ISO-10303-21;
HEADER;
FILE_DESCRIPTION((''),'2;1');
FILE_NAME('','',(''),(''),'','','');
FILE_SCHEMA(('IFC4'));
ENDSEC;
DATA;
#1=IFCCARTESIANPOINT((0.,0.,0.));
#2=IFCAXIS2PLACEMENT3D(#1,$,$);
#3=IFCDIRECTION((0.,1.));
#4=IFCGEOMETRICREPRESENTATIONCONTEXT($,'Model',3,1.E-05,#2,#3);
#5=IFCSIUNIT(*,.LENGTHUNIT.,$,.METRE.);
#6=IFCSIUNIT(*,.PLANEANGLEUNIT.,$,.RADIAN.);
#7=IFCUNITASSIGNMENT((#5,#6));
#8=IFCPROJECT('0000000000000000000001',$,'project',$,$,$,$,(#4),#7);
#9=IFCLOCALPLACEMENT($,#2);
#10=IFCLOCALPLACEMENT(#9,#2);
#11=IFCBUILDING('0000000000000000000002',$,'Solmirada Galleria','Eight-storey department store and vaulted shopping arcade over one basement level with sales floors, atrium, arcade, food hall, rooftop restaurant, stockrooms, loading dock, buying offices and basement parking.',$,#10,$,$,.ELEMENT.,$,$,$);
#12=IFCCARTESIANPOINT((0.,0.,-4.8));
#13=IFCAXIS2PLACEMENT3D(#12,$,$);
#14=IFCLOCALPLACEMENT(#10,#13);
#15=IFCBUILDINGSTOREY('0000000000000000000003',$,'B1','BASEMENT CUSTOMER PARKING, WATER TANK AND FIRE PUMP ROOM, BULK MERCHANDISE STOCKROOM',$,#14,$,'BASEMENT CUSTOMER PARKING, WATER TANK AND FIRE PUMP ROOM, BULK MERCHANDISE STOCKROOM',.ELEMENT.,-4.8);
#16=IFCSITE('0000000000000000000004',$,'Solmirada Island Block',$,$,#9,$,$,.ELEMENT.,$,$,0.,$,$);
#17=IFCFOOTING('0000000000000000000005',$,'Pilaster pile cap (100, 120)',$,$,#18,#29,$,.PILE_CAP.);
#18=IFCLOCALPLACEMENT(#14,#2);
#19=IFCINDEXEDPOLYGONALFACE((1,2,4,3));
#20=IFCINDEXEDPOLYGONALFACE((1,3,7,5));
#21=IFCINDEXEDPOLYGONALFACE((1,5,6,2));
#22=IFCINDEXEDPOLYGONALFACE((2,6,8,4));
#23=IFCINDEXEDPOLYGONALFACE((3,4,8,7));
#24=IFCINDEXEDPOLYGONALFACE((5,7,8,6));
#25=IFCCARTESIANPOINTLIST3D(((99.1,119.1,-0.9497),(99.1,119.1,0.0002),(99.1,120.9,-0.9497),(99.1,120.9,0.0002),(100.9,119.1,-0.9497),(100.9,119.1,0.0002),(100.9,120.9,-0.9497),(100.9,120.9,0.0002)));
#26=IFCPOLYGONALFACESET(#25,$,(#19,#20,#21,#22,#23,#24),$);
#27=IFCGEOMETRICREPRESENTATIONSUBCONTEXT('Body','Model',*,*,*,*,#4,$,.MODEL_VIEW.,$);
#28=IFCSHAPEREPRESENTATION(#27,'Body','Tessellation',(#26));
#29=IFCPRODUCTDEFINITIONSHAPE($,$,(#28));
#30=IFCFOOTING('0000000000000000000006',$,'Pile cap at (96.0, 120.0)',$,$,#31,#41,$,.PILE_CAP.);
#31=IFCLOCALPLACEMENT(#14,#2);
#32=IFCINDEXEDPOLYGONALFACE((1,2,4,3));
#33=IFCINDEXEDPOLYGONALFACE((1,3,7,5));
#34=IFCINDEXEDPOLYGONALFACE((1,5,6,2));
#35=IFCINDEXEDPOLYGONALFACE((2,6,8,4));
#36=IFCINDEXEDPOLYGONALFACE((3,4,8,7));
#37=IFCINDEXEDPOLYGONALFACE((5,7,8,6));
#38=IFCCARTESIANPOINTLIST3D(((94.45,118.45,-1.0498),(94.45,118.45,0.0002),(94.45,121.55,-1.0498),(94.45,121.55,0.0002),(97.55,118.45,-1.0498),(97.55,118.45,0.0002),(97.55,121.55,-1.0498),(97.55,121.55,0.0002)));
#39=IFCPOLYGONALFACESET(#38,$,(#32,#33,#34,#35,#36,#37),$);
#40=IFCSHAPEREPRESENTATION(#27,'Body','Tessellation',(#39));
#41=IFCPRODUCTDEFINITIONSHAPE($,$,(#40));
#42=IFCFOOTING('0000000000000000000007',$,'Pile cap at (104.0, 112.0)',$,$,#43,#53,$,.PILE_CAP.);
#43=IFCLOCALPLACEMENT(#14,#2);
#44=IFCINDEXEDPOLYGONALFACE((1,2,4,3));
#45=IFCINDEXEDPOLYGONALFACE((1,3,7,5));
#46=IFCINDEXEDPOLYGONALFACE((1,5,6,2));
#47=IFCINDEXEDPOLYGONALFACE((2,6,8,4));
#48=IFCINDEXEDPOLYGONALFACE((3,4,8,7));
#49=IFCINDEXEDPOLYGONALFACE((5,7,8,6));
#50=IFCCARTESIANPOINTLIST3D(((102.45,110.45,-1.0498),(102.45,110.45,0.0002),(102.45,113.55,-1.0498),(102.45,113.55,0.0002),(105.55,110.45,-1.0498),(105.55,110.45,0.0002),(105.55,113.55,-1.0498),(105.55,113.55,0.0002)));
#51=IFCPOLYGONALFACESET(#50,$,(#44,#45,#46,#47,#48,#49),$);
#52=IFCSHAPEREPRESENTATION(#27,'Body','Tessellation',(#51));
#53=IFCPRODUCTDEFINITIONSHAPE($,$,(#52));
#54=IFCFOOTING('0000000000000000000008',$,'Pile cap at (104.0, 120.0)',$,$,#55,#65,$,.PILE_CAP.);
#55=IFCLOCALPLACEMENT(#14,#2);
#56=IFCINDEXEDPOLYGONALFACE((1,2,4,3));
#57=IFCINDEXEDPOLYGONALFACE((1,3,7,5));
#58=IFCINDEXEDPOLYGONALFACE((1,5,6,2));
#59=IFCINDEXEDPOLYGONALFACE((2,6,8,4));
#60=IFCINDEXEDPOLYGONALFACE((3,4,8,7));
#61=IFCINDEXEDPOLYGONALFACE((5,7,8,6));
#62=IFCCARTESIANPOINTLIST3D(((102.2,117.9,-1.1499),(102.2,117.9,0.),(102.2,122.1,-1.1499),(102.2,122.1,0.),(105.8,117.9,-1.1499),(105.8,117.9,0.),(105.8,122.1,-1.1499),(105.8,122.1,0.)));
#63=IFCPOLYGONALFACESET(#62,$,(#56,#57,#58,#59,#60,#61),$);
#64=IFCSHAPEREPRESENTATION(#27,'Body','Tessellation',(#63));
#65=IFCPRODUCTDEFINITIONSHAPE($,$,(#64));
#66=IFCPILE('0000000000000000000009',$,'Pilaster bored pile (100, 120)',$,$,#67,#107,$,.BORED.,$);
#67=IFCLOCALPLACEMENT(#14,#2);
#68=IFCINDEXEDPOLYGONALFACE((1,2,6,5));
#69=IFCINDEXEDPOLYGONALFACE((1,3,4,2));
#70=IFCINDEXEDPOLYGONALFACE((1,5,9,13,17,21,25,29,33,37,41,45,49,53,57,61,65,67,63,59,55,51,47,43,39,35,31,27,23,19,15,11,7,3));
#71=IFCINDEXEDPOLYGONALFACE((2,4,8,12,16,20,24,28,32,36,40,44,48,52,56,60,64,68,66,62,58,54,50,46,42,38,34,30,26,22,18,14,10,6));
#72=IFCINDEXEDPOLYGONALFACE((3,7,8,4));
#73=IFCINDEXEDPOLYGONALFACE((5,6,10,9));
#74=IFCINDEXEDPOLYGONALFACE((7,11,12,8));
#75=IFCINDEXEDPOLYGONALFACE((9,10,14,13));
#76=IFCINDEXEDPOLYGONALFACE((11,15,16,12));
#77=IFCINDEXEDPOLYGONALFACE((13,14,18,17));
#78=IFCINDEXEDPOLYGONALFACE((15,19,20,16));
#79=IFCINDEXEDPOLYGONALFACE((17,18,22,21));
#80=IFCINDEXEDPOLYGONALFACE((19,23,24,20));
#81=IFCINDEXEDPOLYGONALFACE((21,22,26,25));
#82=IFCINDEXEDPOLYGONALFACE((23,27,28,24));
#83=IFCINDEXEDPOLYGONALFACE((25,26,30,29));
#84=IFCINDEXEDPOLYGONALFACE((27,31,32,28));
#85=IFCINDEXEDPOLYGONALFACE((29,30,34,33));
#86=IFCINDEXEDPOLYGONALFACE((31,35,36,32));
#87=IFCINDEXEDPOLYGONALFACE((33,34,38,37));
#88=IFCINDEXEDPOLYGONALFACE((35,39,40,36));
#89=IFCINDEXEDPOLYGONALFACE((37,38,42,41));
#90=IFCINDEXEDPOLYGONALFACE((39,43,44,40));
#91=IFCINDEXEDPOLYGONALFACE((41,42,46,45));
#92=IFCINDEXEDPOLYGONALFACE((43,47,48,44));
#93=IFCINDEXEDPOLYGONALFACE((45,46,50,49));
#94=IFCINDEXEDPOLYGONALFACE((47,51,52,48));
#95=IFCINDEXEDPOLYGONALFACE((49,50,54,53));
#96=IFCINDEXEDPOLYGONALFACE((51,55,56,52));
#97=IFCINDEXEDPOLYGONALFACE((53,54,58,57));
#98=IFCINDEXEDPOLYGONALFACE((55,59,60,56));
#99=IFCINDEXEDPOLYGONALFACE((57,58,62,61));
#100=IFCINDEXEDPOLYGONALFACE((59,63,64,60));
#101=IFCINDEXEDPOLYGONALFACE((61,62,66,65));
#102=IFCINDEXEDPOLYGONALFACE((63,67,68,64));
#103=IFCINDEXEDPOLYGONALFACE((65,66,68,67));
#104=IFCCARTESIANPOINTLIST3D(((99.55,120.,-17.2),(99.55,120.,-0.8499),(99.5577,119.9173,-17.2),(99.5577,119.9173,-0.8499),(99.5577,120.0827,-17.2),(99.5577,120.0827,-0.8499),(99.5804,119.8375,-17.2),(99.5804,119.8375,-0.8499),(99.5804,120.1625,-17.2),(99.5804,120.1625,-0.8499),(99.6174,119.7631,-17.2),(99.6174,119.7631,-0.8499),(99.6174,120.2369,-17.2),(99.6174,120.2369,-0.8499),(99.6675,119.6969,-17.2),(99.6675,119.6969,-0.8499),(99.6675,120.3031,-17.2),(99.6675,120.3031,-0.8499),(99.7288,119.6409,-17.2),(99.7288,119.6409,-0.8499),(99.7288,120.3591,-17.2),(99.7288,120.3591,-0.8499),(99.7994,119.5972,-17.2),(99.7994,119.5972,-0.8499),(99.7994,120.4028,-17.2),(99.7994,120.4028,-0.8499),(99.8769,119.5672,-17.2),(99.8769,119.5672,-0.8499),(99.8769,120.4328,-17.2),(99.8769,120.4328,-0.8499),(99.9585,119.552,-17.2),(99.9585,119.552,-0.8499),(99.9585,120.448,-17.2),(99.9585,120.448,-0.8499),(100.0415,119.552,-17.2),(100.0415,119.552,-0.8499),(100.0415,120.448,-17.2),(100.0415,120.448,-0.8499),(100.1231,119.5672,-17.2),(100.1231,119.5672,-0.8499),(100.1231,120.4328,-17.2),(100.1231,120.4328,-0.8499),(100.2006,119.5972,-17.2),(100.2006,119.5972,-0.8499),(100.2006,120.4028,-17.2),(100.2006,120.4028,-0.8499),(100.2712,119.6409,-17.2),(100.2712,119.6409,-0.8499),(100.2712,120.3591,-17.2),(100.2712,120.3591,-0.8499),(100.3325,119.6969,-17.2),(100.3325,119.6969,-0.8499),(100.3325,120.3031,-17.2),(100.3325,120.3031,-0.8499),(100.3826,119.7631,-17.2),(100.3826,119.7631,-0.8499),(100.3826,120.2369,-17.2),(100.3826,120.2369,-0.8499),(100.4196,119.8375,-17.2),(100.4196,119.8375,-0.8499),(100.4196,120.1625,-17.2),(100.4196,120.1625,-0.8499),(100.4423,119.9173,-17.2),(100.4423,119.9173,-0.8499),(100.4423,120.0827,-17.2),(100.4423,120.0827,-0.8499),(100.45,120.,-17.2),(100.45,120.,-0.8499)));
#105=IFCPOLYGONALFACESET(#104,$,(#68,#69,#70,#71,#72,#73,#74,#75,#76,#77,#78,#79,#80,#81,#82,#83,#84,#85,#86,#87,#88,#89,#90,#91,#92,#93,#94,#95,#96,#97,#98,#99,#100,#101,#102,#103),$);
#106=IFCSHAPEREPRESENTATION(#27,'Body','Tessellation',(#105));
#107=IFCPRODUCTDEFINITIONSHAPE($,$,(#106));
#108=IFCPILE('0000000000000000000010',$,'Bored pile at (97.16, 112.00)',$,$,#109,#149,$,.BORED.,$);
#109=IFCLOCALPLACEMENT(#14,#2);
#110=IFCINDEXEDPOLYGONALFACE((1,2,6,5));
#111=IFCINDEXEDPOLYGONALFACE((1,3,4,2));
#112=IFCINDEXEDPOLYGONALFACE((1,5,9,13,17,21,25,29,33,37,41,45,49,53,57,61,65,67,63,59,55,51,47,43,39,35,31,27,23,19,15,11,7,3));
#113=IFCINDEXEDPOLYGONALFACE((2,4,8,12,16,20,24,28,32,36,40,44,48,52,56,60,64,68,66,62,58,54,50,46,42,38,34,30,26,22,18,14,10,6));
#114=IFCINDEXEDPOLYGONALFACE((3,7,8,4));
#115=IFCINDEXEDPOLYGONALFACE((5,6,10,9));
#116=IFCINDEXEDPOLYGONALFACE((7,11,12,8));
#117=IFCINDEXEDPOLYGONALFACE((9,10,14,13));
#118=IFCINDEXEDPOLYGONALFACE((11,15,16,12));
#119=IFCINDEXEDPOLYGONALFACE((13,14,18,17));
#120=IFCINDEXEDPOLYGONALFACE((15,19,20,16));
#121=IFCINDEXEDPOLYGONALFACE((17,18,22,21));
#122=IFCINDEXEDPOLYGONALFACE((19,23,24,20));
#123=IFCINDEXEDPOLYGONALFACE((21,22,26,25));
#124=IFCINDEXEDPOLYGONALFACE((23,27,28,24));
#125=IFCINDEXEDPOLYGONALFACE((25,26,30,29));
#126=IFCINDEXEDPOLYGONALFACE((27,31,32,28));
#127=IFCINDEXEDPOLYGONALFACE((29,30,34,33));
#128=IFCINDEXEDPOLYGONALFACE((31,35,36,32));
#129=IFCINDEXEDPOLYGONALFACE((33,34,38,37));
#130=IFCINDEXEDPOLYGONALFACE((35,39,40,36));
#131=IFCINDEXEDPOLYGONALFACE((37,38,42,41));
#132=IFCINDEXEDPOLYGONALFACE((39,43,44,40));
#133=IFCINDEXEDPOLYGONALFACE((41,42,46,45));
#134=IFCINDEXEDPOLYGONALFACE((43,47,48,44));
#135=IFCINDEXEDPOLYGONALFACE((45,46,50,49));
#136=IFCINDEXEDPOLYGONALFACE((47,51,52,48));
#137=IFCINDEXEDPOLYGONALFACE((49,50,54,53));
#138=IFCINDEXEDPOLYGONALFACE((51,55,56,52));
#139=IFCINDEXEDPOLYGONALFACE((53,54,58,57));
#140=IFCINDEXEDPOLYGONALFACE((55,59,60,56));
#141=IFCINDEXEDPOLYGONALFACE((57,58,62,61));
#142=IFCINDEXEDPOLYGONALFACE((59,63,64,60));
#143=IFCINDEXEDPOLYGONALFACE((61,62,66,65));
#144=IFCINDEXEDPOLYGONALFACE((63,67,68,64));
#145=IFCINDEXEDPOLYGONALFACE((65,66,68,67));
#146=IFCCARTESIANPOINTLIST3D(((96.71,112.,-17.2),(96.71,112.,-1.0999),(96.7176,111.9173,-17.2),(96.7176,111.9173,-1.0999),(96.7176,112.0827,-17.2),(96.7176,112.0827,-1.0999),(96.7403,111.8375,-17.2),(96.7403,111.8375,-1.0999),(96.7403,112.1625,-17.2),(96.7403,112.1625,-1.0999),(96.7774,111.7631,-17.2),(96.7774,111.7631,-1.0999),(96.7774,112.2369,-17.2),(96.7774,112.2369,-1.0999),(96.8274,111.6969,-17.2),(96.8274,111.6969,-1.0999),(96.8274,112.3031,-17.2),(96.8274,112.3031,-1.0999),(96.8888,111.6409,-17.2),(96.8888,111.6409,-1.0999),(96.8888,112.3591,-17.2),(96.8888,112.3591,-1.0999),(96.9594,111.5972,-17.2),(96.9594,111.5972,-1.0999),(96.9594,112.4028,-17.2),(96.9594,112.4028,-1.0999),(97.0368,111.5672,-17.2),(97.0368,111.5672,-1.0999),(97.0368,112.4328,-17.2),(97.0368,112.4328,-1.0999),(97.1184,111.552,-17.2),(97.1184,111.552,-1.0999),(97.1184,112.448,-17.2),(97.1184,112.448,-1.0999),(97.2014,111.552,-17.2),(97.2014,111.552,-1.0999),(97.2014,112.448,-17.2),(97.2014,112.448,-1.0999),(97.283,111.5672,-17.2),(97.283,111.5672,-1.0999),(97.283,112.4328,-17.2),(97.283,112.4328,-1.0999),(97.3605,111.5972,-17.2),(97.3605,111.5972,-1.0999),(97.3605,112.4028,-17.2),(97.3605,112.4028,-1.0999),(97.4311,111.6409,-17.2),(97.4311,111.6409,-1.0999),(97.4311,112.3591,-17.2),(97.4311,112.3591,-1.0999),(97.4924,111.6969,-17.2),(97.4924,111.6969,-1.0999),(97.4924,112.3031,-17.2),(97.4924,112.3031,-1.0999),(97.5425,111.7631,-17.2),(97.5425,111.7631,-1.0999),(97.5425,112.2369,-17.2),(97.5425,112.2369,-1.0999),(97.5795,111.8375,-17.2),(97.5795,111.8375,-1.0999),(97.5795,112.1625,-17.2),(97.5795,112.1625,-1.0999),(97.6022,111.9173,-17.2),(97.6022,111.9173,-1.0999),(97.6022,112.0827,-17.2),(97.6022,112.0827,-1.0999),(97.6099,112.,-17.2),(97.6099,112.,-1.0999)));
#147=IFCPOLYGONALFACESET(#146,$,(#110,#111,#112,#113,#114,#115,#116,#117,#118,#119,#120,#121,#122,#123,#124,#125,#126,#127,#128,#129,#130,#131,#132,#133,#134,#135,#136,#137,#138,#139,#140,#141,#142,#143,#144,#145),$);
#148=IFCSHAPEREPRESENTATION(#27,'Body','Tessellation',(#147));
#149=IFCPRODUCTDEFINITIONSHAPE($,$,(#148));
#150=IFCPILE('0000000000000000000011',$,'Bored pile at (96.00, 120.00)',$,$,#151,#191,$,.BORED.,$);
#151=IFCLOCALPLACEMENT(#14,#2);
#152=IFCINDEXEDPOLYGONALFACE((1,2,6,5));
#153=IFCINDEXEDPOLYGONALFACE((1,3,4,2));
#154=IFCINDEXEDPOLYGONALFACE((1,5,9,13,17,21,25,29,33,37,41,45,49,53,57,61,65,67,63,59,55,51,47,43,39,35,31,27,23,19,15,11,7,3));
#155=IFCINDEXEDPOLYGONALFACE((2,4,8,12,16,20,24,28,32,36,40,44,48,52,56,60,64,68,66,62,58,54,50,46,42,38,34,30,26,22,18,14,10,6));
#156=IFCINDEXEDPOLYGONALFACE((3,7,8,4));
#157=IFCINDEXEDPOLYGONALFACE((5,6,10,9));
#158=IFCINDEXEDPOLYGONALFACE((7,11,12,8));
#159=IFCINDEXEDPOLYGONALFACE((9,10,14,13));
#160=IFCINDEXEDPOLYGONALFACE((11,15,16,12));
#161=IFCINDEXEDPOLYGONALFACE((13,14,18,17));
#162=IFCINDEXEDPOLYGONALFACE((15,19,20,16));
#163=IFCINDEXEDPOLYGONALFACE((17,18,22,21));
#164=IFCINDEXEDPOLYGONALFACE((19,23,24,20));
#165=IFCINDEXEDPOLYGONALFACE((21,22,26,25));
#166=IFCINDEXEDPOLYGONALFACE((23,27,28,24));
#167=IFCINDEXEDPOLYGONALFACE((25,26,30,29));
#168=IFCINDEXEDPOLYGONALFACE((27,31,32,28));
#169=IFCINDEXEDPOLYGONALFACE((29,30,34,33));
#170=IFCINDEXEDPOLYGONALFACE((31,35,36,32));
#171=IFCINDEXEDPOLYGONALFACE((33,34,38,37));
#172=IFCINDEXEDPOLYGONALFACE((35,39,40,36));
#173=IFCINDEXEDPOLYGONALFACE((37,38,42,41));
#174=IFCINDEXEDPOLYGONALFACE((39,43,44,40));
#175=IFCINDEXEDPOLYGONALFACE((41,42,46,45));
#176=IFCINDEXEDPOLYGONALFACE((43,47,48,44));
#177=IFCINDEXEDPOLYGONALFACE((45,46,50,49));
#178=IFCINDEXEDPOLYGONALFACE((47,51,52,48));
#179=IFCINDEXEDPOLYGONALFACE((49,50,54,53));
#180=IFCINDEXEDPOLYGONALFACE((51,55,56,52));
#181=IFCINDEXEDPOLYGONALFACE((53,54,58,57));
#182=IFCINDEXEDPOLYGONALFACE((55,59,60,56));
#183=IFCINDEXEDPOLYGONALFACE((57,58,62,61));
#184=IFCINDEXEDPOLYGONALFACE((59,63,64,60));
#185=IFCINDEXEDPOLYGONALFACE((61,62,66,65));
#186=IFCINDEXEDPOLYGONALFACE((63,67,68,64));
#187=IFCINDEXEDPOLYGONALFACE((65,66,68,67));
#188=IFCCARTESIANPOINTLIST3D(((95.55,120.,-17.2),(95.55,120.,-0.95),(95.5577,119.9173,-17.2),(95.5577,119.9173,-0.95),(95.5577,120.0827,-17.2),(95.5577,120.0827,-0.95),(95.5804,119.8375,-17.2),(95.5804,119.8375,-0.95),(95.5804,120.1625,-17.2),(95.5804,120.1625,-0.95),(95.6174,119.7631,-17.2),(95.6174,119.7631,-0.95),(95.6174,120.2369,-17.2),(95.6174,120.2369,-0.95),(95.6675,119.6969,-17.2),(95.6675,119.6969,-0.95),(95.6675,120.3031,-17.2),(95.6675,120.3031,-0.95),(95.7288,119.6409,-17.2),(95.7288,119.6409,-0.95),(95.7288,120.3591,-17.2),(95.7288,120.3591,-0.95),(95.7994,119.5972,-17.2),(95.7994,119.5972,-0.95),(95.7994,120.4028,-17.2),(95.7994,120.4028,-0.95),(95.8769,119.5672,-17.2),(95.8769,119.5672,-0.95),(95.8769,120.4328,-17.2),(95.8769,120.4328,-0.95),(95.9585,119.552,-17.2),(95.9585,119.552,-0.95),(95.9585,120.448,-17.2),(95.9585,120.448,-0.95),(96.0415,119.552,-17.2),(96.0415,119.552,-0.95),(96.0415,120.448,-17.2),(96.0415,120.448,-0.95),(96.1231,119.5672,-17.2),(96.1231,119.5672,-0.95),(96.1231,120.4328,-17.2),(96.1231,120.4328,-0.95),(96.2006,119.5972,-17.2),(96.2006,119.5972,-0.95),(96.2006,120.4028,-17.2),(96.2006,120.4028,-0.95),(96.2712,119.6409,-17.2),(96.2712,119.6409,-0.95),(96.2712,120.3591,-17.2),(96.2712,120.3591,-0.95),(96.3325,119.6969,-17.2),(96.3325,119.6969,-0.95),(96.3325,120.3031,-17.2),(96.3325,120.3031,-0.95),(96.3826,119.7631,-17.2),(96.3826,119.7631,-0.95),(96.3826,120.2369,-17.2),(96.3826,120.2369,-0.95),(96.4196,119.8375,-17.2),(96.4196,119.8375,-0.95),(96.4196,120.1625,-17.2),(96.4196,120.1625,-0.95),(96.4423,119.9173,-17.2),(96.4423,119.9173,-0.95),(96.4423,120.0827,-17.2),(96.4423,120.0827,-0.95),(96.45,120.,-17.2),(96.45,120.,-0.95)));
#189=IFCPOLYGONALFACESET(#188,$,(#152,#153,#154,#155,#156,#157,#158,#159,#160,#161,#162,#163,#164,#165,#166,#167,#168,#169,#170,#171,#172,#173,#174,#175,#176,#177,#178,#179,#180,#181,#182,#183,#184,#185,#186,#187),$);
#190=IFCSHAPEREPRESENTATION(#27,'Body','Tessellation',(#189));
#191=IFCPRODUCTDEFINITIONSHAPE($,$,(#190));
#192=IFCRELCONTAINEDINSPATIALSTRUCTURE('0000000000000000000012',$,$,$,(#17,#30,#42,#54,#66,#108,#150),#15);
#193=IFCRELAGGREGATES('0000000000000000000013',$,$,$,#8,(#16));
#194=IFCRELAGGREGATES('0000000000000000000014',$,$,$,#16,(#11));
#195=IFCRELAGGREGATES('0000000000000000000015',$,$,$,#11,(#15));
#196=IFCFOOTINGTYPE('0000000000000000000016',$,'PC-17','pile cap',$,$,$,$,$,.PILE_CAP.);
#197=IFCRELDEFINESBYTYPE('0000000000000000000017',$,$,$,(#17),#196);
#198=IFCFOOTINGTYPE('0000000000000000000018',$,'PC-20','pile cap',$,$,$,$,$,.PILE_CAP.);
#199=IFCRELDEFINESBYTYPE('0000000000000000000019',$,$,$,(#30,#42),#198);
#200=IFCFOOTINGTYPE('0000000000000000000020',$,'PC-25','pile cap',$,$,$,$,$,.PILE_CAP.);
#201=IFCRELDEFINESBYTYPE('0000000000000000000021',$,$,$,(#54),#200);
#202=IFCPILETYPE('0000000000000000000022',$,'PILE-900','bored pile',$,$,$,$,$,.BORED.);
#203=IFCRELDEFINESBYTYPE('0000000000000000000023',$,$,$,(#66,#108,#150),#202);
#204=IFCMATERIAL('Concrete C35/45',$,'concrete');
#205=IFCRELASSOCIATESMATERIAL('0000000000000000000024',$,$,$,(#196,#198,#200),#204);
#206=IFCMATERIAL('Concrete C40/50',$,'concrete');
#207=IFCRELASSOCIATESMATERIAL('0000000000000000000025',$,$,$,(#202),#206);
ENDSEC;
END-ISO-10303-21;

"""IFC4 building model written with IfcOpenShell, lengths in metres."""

from ifc_helpers import new_model, si_unit, direction, frame, origin, origin_2d, place, context, subcontext, project, spatial, rectangle, circle, extrude, material, material_profile, profile_set, type_object, element, save


model = new_model("IFC4")

# Units and contexts
model_context = context("Model", 3, precision=1e-05, world=origin(), true_north=direction((0.0, 1.0)))
body_context = subcontext(model_context, "Body", "Model", "MODEL_VIEW")
ifc_project = project(units=[si_unit("LENGTHUNIT", "METRE"), si_unit("PLANEANGLEUNIT", "RADIAN")], contexts=[model_context])

# Site, building, storey
site_placement = place(None, origin())
site = spatial("IfcSite", under=ifc_project, at=site_placement, Name="Solmirada Island Block", CompositionType="ELEMENT", RefElevation=0.0)
building_placement = place(site_placement, origin())
building = spatial("IfcBuilding", under=site, at=building_placement, Name="Solmirada Galleria", Description="Eight-storey department store and vaulted shopping arcade over one basement level with sales floors, atrium, arcade, food hall, rooftop restaurant, stockrooms, loading dock, buying offices and basement parking.", CompositionType="ELEMENT")
storey_placement = place(building_placement, frame((0.0, 0.0, -4.8)))
storey = spatial("IfcBuildingStorey", under=building, at=storey_placement, Name="B1", Description="BASEMENT CUSTOMER PARKING, WATER TANK AND FIRE PUMP ROOM, BULK MERCHANDISE STOCKROOM", LongName="BASEMENT CUSTOMER PARKING, WATER TANK AND FIRE PUMP ROOM, BULK MERCHANDISE STOCKROOM", CompositionType="ELEMENT", Elevation=-4.8)

# Footings
ifc_material_1 = material(Name="Concrete C35/45", Category="concrete")
footing_type_1 = type_object("IfcFootingType", Name="PC-17", Description="pile cap", PredefinedType="PILE_CAP", material=ifc_material_1)
footing_1_placement = place(storey_placement, frame((100.0, 120.0, -0.9497), z_axis=(0.0, 0.0, 1.0), x_axis=(1.0, 0.0, 0.0)))
element("IfcFooting", 1, at=footing_1_placement, inside=storey, type_object=footing_type_1, Name="Pilaster pile cap (100, 120)", PredefinedType="PILE_CAP", context=body_context, shape_type="SweptSolid", body=[
    extrude(rectangle(XDim=1.8, YDim=1.8, at=origin_2d()), origin(), (0.0, 0.0, 1.0), 0.95),
])
footing_type_2 = type_object("IfcFootingType", Name="PC-20", Description="pile cap", PredefinedType="PILE_CAP", material=ifc_material_1)
for number, where, z_axis, x_axis, name in (
    (2, (96.0, 120.0, -1.0498), (0.0, 0.0, 1.0), (1.0, 0.0, 0.0), "Pile cap at (96.0, 120.0)"),
    (3, (104.0, 112.0, -1.0498), (0.0, 0.0, 1.0), (1.0, 0.0, 0.0), "Pile cap at (104.0, 112.0)"),
):
    element("IfcFooting", number, at=place(storey_placement, frame(where, z_axis=z_axis, x_axis=x_axis)), inside=storey, type_object=footing_type_2, Name=name, PredefinedType="PILE_CAP", context=body_context, shape_type="SweptSolid", body=[
        extrude(rectangle(XDim=3.1001, YDim=3.1001, at=origin_2d()), origin(), (0.0, 0.0, 1.0), 1.05),
    ])
footing_type_3 = type_object("IfcFootingType", Name="PC-25", Description="pile cap", PredefinedType="PILE_CAP", material=ifc_material_1)
footing_2_placement = place(storey_placement, frame((104.0, 120.0, -1.1499), z_axis=(0.0, 0.0, 1.0), x_axis=(1.0, 0.0, 0.0)))
element("IfcFooting", 4, at=footing_2_placement, inside=storey, type_object=footing_type_3, Name="Pile cap at (104.0, 120.0)", PredefinedType="PILE_CAP", context=body_context, shape_type="SweptSolid", body=[
    extrude(rectangle(XDim=3.6001, YDim=4.2, at=origin_2d()), origin(), (0.0, 0.0, 1.0), 1.1499),
])

# Piles
ifc_material_2 = material(Name="Concrete C40/50", Category="concrete")
ifc_material_profile_1 = material_profile(ifc_material_2, circle(Radius=0.45, at=origin_2d()), Name="PILE900")
ifc_profile_set_1 = profile_set([ifc_material_profile_1], Name="Concrete C40/50")
pile_type = type_object("IfcPileType", Name="PILE-900", Description="bored pile", PredefinedType="BORED", material=ifc_profile_set_1)
pile_1_placement = place(storey_placement, frame((100.0, 120.0, -0.8499), z_axis=(0.0, 0.0, -1.0), x_axis=(1.0, 0.0, 0.0)))
element("IfcPile", 5, at=pile_1_placement, inside=storey, type_object=pile_type, Name="Pilaster bored pile (100, 120)", PredefinedType="BORED", context=body_context, shape_type="SweptSolid", body=[
    extrude(circle(Radius=0.45, at=origin_2d()), origin(), (0.0, 0.0, 1.0), 16.3501),
])
pile_2_placement = place(storey_placement, frame((97.1599, 112.0, -1.0999), z_axis=(0.0, 0.0, -1.0), x_axis=(1.0, 0.0, 0.0)))
element("IfcPile", 6, at=pile_2_placement, inside=storey, type_object=pile_type, Name="Bored pile at (97.16, 112.00)", PredefinedType="BORED", context=body_context, shape_type="SweptSolid", body=[
    extrude(circle(Radius=0.45, at=origin_2d()), origin(), (0.0, 0.0, 1.0), 16.1001),
])
for number, where, z_axis, x_axis, name in (
    (7, (96.0, 120.0, -0.95), (0.0, 0.0, -1.0), (1.0, 0.0, 0.0), "Bored pile at (96.00, 120.00)"),
):
    element("IfcPile", number, at=place(storey_placement, frame(where, z_axis=z_axis, x_axis=x_axis)), inside=storey, type_object=pile_type, Name=name, PredefinedType="BORED", context=body_context, shape_type="SweptSolid", body=[
        extrude(circle(Radius=0.45, at=origin_2d()), origin(), (0.0, 0.0, 1.0), 16.25),
    ])

save(model, "model.ifc")
